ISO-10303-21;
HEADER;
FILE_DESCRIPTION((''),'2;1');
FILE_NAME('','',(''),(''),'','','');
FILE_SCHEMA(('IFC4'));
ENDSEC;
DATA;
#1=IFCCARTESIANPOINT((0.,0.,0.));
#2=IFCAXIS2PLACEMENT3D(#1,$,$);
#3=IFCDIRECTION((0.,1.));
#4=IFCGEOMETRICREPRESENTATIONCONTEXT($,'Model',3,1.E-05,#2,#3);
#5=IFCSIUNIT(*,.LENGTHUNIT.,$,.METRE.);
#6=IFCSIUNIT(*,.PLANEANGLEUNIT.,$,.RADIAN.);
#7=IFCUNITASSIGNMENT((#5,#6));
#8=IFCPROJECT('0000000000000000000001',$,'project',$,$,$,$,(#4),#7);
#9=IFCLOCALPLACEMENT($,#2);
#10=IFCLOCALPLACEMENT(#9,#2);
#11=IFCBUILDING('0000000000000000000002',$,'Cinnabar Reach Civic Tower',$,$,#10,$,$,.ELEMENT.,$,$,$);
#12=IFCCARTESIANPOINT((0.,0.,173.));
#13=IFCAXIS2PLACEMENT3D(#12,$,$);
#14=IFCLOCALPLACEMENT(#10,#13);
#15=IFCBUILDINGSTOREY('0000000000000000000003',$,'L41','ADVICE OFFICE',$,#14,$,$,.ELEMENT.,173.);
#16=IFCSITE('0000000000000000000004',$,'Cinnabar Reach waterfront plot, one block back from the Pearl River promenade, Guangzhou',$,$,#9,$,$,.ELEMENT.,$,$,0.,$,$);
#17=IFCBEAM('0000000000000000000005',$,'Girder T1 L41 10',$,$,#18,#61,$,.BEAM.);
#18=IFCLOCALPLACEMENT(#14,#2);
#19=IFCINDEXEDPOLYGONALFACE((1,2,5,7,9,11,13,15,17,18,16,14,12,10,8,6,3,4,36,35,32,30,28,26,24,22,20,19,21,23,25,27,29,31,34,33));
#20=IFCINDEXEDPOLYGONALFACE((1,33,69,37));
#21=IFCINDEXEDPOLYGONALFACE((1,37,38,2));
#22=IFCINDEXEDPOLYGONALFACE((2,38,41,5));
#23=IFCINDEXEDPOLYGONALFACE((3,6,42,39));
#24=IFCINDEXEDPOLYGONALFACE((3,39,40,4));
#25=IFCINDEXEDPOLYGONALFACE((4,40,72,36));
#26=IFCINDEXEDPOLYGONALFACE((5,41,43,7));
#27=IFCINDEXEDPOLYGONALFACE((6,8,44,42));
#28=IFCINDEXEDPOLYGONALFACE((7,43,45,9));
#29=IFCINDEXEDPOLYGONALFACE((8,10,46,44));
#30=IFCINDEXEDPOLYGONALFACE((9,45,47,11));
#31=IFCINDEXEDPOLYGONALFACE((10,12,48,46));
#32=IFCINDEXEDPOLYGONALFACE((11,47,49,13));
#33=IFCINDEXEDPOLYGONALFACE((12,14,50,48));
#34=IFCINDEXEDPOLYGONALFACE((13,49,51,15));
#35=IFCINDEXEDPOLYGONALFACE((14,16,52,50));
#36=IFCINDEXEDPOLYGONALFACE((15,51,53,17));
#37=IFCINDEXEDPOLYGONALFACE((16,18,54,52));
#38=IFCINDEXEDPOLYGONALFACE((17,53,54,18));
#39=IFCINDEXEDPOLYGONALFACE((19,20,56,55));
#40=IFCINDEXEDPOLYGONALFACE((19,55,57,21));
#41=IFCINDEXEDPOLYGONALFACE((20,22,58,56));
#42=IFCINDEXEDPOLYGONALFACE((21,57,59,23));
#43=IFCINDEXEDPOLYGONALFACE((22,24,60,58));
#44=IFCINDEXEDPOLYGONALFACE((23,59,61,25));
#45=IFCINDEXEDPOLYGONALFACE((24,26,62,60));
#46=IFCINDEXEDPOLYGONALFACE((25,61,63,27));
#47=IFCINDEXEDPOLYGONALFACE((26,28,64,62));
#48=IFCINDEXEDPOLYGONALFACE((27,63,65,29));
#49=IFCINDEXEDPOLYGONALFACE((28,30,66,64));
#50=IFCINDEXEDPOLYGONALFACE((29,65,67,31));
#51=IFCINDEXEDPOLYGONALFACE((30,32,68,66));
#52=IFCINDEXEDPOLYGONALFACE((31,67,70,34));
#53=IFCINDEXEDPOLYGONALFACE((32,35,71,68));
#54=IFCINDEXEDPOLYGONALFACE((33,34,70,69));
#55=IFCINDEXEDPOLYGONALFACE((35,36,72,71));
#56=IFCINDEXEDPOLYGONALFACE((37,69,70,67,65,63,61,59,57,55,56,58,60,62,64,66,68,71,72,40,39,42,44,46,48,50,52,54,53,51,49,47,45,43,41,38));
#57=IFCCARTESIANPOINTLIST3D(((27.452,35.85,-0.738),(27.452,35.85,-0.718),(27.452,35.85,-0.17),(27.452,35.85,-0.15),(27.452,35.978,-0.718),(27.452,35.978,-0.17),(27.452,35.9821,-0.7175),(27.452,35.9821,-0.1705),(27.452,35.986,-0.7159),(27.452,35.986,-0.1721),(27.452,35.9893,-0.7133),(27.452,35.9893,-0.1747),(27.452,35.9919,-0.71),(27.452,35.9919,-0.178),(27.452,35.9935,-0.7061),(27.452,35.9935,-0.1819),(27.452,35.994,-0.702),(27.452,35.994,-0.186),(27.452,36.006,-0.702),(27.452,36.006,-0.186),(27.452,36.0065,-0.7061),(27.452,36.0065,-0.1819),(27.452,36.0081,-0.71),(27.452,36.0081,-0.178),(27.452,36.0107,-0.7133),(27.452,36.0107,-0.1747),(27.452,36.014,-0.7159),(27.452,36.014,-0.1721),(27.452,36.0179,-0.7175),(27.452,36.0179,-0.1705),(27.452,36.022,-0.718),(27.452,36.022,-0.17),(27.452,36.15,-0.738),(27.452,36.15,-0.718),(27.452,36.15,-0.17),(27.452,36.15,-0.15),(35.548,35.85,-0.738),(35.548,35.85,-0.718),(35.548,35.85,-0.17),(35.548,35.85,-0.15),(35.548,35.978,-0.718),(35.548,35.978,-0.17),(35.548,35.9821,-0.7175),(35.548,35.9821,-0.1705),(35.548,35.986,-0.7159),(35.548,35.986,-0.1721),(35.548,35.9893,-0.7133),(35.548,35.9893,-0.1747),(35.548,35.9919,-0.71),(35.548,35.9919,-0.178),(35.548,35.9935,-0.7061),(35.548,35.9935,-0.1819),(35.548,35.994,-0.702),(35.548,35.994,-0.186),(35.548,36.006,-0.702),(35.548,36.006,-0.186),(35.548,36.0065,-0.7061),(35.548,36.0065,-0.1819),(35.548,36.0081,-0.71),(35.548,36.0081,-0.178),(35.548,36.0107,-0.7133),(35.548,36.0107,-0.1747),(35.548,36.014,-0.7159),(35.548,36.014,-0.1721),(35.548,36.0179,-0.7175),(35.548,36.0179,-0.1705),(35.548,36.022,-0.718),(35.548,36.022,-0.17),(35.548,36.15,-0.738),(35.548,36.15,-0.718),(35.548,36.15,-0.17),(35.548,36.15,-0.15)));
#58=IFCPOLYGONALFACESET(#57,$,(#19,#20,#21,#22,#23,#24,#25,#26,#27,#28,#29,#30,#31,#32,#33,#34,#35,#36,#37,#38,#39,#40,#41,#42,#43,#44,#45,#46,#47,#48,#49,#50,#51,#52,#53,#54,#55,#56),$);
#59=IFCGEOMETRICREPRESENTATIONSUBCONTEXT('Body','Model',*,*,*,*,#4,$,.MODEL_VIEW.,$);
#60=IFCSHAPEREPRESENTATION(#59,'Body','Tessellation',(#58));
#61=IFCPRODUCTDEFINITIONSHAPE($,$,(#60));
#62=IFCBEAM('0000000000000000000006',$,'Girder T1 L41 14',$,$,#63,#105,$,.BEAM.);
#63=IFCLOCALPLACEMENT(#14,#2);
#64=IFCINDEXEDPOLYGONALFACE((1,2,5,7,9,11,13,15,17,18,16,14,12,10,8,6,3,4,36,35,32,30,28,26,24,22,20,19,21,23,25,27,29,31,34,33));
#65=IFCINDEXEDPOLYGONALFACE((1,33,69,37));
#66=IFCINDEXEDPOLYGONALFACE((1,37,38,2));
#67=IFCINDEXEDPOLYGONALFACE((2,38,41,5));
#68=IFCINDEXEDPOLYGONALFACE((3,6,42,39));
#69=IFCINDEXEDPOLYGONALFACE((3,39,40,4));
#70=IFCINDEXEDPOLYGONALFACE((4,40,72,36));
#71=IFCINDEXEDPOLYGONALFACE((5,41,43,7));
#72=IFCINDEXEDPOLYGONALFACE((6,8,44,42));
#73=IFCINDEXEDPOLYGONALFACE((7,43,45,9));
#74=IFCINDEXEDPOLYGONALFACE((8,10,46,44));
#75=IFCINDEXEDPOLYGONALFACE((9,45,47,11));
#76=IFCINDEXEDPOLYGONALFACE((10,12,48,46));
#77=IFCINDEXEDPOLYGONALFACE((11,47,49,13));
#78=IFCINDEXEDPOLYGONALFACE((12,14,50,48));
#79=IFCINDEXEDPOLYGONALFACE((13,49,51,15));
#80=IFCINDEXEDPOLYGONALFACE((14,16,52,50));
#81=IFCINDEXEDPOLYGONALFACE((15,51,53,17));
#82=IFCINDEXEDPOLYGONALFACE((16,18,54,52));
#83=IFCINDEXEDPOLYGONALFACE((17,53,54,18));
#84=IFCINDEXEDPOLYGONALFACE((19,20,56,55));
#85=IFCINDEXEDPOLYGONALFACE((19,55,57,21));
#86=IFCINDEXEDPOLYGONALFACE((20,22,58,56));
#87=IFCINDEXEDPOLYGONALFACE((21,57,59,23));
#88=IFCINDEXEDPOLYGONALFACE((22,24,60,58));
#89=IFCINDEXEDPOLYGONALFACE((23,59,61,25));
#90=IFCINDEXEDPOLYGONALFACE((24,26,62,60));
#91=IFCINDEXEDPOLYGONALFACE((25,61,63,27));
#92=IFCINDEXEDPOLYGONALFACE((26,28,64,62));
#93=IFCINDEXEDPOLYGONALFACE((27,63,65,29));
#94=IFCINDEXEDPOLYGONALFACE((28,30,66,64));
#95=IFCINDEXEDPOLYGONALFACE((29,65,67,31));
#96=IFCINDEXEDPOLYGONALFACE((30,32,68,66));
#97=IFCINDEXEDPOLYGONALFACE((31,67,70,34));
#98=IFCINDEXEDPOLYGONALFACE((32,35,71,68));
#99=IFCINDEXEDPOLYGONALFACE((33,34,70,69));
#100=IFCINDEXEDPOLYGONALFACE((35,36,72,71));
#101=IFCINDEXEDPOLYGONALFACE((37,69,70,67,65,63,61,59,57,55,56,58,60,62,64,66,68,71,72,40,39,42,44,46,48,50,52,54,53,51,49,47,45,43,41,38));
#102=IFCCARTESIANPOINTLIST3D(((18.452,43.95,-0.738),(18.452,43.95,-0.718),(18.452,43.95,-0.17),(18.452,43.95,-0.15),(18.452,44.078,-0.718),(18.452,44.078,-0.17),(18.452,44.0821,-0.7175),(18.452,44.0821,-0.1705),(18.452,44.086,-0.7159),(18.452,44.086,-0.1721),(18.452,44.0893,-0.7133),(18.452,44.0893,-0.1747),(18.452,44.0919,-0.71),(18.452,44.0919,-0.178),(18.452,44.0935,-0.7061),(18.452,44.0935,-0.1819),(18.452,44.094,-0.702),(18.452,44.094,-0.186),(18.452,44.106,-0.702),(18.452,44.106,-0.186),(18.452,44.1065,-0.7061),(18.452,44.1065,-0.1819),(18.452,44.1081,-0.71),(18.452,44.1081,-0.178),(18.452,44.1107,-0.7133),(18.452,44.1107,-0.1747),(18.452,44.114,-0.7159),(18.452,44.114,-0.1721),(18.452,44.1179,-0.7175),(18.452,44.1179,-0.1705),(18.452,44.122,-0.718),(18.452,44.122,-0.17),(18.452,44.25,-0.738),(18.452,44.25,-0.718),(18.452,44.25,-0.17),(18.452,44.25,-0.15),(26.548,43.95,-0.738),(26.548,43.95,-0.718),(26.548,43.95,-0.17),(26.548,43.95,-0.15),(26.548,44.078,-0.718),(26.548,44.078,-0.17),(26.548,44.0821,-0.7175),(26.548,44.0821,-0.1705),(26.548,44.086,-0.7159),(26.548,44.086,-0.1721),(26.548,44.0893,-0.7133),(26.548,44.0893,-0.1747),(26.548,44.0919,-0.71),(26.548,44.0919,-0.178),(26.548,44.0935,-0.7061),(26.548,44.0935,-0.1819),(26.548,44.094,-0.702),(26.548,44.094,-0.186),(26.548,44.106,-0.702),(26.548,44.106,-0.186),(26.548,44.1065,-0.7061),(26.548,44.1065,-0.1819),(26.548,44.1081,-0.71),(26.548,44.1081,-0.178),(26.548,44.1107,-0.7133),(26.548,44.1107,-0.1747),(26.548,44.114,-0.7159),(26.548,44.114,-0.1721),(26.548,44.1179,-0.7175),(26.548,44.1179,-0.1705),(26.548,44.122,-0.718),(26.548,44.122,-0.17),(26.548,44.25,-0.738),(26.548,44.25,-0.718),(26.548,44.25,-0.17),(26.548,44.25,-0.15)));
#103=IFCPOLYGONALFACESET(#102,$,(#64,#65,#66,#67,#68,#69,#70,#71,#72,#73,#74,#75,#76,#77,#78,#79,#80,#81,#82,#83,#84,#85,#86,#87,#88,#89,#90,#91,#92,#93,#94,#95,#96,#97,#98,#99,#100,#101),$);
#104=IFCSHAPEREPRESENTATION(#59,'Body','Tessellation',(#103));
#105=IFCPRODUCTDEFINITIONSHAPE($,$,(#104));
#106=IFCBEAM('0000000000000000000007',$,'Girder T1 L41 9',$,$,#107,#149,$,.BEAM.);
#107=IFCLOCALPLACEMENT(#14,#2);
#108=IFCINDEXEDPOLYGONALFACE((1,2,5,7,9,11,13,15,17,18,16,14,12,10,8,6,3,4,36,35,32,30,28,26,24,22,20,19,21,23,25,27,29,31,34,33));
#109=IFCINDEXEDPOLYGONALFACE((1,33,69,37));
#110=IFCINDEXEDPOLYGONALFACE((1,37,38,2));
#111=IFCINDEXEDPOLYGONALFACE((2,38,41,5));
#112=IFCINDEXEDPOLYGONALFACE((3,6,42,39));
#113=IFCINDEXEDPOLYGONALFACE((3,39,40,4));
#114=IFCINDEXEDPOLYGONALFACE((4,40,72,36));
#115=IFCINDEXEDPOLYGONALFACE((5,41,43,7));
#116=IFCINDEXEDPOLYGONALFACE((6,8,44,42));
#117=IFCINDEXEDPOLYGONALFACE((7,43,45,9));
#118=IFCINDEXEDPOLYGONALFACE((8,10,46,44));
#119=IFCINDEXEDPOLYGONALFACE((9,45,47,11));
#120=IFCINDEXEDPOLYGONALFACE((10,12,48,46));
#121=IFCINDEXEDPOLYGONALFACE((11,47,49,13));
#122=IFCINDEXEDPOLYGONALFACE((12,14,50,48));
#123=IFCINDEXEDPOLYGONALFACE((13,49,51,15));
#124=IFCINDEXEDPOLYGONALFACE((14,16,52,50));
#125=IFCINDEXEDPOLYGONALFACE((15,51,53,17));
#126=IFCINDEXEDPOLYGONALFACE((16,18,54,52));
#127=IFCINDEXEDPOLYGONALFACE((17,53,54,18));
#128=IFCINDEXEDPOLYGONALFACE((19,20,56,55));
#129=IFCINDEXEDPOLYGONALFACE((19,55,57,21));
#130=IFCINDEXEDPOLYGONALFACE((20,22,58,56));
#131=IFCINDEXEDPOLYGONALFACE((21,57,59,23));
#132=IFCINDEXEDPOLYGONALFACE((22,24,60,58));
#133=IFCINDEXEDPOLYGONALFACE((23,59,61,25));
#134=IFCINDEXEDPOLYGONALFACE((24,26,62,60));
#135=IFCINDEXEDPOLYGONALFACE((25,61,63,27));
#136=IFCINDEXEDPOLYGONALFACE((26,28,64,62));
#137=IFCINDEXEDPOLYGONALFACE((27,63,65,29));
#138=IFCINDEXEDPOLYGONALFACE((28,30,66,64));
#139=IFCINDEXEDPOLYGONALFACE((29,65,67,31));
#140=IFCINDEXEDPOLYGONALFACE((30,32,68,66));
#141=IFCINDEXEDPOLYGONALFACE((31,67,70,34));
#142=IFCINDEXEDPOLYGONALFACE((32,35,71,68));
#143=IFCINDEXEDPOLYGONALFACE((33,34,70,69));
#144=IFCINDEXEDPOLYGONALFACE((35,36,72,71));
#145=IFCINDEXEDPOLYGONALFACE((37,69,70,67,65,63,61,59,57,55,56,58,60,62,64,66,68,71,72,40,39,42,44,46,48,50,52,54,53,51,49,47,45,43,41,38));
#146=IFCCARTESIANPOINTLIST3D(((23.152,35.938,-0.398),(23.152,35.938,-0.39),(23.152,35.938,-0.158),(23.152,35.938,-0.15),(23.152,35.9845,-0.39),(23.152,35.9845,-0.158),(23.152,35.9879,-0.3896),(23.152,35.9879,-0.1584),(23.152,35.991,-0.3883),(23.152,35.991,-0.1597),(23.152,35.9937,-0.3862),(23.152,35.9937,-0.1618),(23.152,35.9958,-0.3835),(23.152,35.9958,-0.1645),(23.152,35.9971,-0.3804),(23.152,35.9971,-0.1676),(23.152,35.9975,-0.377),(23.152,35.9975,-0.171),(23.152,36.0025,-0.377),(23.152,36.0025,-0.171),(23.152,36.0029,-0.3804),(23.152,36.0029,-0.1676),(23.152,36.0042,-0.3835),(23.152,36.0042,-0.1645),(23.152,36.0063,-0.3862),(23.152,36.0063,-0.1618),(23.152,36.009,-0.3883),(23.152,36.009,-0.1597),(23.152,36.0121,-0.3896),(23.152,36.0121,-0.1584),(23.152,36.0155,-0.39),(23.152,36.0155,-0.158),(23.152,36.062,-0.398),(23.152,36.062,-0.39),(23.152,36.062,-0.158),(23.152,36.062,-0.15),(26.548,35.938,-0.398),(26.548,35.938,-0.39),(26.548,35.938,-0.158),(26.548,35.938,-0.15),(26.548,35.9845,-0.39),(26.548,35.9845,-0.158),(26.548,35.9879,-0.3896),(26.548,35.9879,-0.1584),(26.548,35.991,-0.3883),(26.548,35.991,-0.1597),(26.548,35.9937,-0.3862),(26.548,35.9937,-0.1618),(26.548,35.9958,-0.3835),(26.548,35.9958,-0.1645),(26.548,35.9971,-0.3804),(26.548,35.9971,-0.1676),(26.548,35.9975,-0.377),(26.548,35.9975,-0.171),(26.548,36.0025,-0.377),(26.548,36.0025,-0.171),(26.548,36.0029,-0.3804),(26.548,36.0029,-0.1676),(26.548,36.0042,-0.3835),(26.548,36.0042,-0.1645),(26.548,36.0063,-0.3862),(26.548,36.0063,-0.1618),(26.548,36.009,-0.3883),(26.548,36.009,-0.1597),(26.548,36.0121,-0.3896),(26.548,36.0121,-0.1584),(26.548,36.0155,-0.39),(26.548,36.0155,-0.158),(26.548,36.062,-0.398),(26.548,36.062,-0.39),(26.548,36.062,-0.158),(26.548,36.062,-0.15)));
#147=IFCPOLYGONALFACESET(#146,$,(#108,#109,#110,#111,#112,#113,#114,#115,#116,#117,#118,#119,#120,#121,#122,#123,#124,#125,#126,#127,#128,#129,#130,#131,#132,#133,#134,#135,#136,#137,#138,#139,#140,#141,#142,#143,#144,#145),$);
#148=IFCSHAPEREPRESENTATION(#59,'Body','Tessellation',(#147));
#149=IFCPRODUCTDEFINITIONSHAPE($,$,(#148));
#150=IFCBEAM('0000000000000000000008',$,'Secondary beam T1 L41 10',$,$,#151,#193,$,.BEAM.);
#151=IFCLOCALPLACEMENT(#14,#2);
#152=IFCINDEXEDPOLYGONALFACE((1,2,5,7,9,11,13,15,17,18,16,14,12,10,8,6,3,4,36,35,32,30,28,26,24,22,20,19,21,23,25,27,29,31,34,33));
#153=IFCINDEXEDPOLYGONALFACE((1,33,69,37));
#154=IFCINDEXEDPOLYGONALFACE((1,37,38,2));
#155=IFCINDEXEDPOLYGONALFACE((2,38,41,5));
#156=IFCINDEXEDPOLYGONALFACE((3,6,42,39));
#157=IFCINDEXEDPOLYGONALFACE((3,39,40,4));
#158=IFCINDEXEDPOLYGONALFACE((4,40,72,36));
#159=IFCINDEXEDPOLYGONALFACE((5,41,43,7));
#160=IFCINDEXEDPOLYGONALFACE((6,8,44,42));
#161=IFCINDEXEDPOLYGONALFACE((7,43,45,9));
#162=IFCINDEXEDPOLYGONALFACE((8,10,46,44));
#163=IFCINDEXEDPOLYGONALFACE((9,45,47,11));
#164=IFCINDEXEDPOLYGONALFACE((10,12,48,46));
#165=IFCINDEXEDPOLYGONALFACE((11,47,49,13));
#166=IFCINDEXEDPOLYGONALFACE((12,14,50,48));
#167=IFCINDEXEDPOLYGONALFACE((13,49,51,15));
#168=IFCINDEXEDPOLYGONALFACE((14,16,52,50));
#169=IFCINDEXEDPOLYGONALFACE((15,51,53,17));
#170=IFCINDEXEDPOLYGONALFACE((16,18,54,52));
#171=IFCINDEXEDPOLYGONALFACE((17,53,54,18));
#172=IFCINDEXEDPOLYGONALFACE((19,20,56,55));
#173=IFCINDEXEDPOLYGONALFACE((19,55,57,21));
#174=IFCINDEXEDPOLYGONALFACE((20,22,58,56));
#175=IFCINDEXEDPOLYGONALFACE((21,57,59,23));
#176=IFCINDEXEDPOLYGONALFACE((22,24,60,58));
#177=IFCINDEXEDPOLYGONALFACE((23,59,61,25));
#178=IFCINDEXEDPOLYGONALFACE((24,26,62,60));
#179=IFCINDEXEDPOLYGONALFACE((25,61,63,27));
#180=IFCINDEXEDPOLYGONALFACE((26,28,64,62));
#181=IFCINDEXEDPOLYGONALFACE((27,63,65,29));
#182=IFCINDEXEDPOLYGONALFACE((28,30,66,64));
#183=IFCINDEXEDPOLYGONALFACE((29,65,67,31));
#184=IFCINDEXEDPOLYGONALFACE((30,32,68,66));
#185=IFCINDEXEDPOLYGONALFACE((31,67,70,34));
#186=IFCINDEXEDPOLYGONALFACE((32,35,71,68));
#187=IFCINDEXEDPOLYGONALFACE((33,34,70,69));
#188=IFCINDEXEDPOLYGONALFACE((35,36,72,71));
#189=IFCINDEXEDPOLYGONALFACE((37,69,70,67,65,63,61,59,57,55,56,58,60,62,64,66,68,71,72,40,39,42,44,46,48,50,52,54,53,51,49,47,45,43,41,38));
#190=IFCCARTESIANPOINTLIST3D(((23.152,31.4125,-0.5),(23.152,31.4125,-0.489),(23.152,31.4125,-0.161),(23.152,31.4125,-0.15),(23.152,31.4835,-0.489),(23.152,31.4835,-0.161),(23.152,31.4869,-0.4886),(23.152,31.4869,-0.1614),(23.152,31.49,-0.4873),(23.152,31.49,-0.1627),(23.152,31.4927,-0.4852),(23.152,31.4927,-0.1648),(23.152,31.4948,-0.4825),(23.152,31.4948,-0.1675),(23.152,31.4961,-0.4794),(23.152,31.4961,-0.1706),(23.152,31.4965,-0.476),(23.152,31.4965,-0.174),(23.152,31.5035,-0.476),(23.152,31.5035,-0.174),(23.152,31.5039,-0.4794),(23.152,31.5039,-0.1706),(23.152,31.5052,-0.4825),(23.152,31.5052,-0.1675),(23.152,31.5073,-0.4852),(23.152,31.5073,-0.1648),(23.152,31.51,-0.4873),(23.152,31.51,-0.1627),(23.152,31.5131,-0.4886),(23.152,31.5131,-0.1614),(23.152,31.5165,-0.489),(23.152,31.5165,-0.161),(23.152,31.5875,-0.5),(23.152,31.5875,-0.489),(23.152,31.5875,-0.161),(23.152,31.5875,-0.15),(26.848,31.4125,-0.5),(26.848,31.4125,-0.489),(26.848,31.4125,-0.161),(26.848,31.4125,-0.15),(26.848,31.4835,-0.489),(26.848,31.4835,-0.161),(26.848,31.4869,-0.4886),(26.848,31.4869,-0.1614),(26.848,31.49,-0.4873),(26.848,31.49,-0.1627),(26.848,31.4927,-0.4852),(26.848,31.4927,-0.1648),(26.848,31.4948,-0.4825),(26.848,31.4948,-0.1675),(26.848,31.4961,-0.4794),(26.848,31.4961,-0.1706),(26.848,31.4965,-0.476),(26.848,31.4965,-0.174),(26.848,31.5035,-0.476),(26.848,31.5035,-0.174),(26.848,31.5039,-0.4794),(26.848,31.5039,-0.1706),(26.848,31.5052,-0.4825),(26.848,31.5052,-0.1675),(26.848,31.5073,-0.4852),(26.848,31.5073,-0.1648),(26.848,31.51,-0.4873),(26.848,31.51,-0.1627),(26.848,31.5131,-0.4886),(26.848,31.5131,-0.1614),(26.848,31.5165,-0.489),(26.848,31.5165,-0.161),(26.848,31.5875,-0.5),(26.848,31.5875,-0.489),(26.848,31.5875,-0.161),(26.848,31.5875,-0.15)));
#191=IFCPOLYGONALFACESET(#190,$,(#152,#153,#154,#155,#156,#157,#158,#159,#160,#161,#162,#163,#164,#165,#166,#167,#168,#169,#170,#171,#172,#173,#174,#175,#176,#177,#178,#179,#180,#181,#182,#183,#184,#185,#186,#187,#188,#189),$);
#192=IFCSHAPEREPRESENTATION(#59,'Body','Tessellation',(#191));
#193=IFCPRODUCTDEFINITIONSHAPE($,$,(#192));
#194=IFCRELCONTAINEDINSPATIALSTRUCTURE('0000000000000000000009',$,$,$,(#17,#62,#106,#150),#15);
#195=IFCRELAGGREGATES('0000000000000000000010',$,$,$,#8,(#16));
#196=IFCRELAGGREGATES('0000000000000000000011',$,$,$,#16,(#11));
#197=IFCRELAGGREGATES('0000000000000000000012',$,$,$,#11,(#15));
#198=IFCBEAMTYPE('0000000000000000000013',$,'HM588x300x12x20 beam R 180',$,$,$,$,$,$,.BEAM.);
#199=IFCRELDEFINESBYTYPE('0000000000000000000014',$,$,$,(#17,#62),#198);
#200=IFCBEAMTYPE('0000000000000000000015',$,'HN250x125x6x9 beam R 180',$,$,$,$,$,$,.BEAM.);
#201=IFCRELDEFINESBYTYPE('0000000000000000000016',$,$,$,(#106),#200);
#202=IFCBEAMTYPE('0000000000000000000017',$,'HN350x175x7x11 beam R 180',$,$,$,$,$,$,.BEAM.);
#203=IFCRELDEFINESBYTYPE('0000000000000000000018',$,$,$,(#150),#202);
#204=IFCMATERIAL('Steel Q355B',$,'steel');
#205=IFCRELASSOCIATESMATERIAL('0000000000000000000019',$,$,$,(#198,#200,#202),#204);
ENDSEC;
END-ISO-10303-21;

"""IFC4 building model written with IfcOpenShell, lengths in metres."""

from ifc_helpers import new_model, si_unit, direction, frame, origin, origin_2d, place, context, subcontext, project, spatial, i_section, extrude, material, material_profile, profile_set, type_object, element, save


model = new_model("IFC4")

# Units and contexts
model_context = context("Model", 3, precision=1e-05, world=origin(), true_north=direction((0.0, 1.0)))
body_context = subcontext(model_context, "Body", "Model", "MODEL_VIEW")
ifc_project = project(units=[si_unit("LENGTHUNIT", "METRE"), si_unit("PLANEANGLEUNIT", "RADIAN")], contexts=[model_context])

# Site, building, storey
site_placement = place(None, origin())
site = spatial("IfcSite", under=ifc_project, at=site_placement, Name="Cinnabar Reach waterfront plot, one block back from the Pearl River promenade, Guangzhou", CompositionType="ELEMENT", RefElevation=0.0)
building_placement = place(site_placement, origin())
building = spatial("IfcBuilding", under=site, at=building_placement, Name="Cinnabar Reach Civic Tower", CompositionType="ELEMENT")
storey_placement = place(building_placement, frame((0.0, 0.0, 173.0)))
storey = spatial("IfcBuildingStorey", under=building, at=storey_placement, Name="L41", Description="ADVICE OFFICE", CompositionType="ELEMENT", Elevation=173.0)

# Beams
ifc_material_1 = material(Name="Steel Q355B", Category="steel")
ifc_material_profile_1 = material_profile(ifc_material_1, i_section(OverallWidth=0.3, OverallDepth=0.588, WebThickness=0.012, FlangeThickness=0.02, FilletRadius=0.016, at=origin_2d()), Name="HM588x300x12x20")
ifc_profile_set_1 = profile_set([ifc_material_profile_1], Name="Steel Q355B")
beam_type_1 = type_object("IfcBeamType", Name="HM588x300x12x20 beam R 180", PredefinedType="BEAM", material=ifc_profile_set_1)
for number, where, z_axis, x_axis, name in (
    (1, (27.452, 36.0, -0.444), (1.0, 0.0, 0.0), (0.0, 1.0, 0.0), "Girder T1 L41 10"),
    (2, (18.452, 44.1, -0.444), (1.0, 0.0, 0.0), (0.0, 1.0, 0.0), "Girder T1 L41 14"),
):
    element("IfcBeam", number, at=place(storey_placement, frame(where, z_axis=z_axis, x_axis=x_axis)), inside=storey, type_object=beam_type_1, Name=name, PredefinedType="BEAM", context=body_context, shape_type="SweptSolid", body=[
        extrude(i_section(OverallWidth=0.3, OverallDepth=0.588, WebThickness=0.012, FlangeThickness=0.02, FilletRadius=0.016, at=origin_2d()), origin(), (0.0, 0.0, 1.0), 8.096),
    ])
ifc_material_profile_2 = material_profile(ifc_material_1, i_section(OverallWidth=0.124, OverallDepth=0.248, WebThickness=0.005, FlangeThickness=0.008, FilletRadius=0.013, at=origin_2d()), Name="HN250x125x6x9")
ifc_profile_set_2 = profile_set([ifc_material_profile_2], Name="Steel Q355B")
beam_type_2 = type_object("IfcBeamType", Name="HN250x125x6x9 beam R 180", PredefinedType="BEAM", material=ifc_profile_set_2)
beam_1_placement = place(storey_placement, frame((23.152, 36.0, -0.274), z_axis=(1.0, 0.0, 0.0), x_axis=(0.0, 1.0, 0.0)))
element("IfcBeam", 3, at=beam_1_placement, inside=storey, type_object=beam_type_2, Name="Girder T1 L41 9", PredefinedType="BEAM", context=body_context, shape_type="SweptSolid", body=[
    extrude(i_section(OverallWidth=0.124, OverallDepth=0.248, WebThickness=0.005, FlangeThickness=0.008, FilletRadius=0.013, at=origin_2d()), origin(), (0.0, 0.0, 1.0), 3.396),
])
ifc_material_profile_3 = material_profile(ifc_material_1, i_section(OverallWidth=0.175, OverallDepth=0.35, WebThickness=0.007, FlangeThickness=0.011, FilletRadius=0.013, at=origin_2d()), Name="HN350x175x7x11")
ifc_profile_set_3 = profile_set([ifc_material_profile_3], Name="Steel Q355B")
beam_type_3 = type_object("IfcBeamType", Name="HN350x175x7x11 beam R 180", PredefinedType="BEAM", material=ifc_profile_set_3)
beam_2_placement = place(storey_placement, frame((23.152, 31.5, -0.325), z_axis=(1.0, 0.0, 0.0), x_axis=(0.0, 1.0, 0.0)))
element("IfcBeam", 4, at=beam_2_placement, inside=storey, type_object=beam_type_3, Name="Secondary beam T1 L41 10", PredefinedType="BEAM", context=body_context, shape_type="SweptSolid", body=[
    extrude(i_section(OverallWidth=0.175, OverallDepth=0.35, WebThickness=0.007, FlangeThickness=0.011, FilletRadius=0.013, at=origin_2d()), origin(), (0.0, 0.0, 1.0), 3.696),
])

save(model, "model.ifc")
